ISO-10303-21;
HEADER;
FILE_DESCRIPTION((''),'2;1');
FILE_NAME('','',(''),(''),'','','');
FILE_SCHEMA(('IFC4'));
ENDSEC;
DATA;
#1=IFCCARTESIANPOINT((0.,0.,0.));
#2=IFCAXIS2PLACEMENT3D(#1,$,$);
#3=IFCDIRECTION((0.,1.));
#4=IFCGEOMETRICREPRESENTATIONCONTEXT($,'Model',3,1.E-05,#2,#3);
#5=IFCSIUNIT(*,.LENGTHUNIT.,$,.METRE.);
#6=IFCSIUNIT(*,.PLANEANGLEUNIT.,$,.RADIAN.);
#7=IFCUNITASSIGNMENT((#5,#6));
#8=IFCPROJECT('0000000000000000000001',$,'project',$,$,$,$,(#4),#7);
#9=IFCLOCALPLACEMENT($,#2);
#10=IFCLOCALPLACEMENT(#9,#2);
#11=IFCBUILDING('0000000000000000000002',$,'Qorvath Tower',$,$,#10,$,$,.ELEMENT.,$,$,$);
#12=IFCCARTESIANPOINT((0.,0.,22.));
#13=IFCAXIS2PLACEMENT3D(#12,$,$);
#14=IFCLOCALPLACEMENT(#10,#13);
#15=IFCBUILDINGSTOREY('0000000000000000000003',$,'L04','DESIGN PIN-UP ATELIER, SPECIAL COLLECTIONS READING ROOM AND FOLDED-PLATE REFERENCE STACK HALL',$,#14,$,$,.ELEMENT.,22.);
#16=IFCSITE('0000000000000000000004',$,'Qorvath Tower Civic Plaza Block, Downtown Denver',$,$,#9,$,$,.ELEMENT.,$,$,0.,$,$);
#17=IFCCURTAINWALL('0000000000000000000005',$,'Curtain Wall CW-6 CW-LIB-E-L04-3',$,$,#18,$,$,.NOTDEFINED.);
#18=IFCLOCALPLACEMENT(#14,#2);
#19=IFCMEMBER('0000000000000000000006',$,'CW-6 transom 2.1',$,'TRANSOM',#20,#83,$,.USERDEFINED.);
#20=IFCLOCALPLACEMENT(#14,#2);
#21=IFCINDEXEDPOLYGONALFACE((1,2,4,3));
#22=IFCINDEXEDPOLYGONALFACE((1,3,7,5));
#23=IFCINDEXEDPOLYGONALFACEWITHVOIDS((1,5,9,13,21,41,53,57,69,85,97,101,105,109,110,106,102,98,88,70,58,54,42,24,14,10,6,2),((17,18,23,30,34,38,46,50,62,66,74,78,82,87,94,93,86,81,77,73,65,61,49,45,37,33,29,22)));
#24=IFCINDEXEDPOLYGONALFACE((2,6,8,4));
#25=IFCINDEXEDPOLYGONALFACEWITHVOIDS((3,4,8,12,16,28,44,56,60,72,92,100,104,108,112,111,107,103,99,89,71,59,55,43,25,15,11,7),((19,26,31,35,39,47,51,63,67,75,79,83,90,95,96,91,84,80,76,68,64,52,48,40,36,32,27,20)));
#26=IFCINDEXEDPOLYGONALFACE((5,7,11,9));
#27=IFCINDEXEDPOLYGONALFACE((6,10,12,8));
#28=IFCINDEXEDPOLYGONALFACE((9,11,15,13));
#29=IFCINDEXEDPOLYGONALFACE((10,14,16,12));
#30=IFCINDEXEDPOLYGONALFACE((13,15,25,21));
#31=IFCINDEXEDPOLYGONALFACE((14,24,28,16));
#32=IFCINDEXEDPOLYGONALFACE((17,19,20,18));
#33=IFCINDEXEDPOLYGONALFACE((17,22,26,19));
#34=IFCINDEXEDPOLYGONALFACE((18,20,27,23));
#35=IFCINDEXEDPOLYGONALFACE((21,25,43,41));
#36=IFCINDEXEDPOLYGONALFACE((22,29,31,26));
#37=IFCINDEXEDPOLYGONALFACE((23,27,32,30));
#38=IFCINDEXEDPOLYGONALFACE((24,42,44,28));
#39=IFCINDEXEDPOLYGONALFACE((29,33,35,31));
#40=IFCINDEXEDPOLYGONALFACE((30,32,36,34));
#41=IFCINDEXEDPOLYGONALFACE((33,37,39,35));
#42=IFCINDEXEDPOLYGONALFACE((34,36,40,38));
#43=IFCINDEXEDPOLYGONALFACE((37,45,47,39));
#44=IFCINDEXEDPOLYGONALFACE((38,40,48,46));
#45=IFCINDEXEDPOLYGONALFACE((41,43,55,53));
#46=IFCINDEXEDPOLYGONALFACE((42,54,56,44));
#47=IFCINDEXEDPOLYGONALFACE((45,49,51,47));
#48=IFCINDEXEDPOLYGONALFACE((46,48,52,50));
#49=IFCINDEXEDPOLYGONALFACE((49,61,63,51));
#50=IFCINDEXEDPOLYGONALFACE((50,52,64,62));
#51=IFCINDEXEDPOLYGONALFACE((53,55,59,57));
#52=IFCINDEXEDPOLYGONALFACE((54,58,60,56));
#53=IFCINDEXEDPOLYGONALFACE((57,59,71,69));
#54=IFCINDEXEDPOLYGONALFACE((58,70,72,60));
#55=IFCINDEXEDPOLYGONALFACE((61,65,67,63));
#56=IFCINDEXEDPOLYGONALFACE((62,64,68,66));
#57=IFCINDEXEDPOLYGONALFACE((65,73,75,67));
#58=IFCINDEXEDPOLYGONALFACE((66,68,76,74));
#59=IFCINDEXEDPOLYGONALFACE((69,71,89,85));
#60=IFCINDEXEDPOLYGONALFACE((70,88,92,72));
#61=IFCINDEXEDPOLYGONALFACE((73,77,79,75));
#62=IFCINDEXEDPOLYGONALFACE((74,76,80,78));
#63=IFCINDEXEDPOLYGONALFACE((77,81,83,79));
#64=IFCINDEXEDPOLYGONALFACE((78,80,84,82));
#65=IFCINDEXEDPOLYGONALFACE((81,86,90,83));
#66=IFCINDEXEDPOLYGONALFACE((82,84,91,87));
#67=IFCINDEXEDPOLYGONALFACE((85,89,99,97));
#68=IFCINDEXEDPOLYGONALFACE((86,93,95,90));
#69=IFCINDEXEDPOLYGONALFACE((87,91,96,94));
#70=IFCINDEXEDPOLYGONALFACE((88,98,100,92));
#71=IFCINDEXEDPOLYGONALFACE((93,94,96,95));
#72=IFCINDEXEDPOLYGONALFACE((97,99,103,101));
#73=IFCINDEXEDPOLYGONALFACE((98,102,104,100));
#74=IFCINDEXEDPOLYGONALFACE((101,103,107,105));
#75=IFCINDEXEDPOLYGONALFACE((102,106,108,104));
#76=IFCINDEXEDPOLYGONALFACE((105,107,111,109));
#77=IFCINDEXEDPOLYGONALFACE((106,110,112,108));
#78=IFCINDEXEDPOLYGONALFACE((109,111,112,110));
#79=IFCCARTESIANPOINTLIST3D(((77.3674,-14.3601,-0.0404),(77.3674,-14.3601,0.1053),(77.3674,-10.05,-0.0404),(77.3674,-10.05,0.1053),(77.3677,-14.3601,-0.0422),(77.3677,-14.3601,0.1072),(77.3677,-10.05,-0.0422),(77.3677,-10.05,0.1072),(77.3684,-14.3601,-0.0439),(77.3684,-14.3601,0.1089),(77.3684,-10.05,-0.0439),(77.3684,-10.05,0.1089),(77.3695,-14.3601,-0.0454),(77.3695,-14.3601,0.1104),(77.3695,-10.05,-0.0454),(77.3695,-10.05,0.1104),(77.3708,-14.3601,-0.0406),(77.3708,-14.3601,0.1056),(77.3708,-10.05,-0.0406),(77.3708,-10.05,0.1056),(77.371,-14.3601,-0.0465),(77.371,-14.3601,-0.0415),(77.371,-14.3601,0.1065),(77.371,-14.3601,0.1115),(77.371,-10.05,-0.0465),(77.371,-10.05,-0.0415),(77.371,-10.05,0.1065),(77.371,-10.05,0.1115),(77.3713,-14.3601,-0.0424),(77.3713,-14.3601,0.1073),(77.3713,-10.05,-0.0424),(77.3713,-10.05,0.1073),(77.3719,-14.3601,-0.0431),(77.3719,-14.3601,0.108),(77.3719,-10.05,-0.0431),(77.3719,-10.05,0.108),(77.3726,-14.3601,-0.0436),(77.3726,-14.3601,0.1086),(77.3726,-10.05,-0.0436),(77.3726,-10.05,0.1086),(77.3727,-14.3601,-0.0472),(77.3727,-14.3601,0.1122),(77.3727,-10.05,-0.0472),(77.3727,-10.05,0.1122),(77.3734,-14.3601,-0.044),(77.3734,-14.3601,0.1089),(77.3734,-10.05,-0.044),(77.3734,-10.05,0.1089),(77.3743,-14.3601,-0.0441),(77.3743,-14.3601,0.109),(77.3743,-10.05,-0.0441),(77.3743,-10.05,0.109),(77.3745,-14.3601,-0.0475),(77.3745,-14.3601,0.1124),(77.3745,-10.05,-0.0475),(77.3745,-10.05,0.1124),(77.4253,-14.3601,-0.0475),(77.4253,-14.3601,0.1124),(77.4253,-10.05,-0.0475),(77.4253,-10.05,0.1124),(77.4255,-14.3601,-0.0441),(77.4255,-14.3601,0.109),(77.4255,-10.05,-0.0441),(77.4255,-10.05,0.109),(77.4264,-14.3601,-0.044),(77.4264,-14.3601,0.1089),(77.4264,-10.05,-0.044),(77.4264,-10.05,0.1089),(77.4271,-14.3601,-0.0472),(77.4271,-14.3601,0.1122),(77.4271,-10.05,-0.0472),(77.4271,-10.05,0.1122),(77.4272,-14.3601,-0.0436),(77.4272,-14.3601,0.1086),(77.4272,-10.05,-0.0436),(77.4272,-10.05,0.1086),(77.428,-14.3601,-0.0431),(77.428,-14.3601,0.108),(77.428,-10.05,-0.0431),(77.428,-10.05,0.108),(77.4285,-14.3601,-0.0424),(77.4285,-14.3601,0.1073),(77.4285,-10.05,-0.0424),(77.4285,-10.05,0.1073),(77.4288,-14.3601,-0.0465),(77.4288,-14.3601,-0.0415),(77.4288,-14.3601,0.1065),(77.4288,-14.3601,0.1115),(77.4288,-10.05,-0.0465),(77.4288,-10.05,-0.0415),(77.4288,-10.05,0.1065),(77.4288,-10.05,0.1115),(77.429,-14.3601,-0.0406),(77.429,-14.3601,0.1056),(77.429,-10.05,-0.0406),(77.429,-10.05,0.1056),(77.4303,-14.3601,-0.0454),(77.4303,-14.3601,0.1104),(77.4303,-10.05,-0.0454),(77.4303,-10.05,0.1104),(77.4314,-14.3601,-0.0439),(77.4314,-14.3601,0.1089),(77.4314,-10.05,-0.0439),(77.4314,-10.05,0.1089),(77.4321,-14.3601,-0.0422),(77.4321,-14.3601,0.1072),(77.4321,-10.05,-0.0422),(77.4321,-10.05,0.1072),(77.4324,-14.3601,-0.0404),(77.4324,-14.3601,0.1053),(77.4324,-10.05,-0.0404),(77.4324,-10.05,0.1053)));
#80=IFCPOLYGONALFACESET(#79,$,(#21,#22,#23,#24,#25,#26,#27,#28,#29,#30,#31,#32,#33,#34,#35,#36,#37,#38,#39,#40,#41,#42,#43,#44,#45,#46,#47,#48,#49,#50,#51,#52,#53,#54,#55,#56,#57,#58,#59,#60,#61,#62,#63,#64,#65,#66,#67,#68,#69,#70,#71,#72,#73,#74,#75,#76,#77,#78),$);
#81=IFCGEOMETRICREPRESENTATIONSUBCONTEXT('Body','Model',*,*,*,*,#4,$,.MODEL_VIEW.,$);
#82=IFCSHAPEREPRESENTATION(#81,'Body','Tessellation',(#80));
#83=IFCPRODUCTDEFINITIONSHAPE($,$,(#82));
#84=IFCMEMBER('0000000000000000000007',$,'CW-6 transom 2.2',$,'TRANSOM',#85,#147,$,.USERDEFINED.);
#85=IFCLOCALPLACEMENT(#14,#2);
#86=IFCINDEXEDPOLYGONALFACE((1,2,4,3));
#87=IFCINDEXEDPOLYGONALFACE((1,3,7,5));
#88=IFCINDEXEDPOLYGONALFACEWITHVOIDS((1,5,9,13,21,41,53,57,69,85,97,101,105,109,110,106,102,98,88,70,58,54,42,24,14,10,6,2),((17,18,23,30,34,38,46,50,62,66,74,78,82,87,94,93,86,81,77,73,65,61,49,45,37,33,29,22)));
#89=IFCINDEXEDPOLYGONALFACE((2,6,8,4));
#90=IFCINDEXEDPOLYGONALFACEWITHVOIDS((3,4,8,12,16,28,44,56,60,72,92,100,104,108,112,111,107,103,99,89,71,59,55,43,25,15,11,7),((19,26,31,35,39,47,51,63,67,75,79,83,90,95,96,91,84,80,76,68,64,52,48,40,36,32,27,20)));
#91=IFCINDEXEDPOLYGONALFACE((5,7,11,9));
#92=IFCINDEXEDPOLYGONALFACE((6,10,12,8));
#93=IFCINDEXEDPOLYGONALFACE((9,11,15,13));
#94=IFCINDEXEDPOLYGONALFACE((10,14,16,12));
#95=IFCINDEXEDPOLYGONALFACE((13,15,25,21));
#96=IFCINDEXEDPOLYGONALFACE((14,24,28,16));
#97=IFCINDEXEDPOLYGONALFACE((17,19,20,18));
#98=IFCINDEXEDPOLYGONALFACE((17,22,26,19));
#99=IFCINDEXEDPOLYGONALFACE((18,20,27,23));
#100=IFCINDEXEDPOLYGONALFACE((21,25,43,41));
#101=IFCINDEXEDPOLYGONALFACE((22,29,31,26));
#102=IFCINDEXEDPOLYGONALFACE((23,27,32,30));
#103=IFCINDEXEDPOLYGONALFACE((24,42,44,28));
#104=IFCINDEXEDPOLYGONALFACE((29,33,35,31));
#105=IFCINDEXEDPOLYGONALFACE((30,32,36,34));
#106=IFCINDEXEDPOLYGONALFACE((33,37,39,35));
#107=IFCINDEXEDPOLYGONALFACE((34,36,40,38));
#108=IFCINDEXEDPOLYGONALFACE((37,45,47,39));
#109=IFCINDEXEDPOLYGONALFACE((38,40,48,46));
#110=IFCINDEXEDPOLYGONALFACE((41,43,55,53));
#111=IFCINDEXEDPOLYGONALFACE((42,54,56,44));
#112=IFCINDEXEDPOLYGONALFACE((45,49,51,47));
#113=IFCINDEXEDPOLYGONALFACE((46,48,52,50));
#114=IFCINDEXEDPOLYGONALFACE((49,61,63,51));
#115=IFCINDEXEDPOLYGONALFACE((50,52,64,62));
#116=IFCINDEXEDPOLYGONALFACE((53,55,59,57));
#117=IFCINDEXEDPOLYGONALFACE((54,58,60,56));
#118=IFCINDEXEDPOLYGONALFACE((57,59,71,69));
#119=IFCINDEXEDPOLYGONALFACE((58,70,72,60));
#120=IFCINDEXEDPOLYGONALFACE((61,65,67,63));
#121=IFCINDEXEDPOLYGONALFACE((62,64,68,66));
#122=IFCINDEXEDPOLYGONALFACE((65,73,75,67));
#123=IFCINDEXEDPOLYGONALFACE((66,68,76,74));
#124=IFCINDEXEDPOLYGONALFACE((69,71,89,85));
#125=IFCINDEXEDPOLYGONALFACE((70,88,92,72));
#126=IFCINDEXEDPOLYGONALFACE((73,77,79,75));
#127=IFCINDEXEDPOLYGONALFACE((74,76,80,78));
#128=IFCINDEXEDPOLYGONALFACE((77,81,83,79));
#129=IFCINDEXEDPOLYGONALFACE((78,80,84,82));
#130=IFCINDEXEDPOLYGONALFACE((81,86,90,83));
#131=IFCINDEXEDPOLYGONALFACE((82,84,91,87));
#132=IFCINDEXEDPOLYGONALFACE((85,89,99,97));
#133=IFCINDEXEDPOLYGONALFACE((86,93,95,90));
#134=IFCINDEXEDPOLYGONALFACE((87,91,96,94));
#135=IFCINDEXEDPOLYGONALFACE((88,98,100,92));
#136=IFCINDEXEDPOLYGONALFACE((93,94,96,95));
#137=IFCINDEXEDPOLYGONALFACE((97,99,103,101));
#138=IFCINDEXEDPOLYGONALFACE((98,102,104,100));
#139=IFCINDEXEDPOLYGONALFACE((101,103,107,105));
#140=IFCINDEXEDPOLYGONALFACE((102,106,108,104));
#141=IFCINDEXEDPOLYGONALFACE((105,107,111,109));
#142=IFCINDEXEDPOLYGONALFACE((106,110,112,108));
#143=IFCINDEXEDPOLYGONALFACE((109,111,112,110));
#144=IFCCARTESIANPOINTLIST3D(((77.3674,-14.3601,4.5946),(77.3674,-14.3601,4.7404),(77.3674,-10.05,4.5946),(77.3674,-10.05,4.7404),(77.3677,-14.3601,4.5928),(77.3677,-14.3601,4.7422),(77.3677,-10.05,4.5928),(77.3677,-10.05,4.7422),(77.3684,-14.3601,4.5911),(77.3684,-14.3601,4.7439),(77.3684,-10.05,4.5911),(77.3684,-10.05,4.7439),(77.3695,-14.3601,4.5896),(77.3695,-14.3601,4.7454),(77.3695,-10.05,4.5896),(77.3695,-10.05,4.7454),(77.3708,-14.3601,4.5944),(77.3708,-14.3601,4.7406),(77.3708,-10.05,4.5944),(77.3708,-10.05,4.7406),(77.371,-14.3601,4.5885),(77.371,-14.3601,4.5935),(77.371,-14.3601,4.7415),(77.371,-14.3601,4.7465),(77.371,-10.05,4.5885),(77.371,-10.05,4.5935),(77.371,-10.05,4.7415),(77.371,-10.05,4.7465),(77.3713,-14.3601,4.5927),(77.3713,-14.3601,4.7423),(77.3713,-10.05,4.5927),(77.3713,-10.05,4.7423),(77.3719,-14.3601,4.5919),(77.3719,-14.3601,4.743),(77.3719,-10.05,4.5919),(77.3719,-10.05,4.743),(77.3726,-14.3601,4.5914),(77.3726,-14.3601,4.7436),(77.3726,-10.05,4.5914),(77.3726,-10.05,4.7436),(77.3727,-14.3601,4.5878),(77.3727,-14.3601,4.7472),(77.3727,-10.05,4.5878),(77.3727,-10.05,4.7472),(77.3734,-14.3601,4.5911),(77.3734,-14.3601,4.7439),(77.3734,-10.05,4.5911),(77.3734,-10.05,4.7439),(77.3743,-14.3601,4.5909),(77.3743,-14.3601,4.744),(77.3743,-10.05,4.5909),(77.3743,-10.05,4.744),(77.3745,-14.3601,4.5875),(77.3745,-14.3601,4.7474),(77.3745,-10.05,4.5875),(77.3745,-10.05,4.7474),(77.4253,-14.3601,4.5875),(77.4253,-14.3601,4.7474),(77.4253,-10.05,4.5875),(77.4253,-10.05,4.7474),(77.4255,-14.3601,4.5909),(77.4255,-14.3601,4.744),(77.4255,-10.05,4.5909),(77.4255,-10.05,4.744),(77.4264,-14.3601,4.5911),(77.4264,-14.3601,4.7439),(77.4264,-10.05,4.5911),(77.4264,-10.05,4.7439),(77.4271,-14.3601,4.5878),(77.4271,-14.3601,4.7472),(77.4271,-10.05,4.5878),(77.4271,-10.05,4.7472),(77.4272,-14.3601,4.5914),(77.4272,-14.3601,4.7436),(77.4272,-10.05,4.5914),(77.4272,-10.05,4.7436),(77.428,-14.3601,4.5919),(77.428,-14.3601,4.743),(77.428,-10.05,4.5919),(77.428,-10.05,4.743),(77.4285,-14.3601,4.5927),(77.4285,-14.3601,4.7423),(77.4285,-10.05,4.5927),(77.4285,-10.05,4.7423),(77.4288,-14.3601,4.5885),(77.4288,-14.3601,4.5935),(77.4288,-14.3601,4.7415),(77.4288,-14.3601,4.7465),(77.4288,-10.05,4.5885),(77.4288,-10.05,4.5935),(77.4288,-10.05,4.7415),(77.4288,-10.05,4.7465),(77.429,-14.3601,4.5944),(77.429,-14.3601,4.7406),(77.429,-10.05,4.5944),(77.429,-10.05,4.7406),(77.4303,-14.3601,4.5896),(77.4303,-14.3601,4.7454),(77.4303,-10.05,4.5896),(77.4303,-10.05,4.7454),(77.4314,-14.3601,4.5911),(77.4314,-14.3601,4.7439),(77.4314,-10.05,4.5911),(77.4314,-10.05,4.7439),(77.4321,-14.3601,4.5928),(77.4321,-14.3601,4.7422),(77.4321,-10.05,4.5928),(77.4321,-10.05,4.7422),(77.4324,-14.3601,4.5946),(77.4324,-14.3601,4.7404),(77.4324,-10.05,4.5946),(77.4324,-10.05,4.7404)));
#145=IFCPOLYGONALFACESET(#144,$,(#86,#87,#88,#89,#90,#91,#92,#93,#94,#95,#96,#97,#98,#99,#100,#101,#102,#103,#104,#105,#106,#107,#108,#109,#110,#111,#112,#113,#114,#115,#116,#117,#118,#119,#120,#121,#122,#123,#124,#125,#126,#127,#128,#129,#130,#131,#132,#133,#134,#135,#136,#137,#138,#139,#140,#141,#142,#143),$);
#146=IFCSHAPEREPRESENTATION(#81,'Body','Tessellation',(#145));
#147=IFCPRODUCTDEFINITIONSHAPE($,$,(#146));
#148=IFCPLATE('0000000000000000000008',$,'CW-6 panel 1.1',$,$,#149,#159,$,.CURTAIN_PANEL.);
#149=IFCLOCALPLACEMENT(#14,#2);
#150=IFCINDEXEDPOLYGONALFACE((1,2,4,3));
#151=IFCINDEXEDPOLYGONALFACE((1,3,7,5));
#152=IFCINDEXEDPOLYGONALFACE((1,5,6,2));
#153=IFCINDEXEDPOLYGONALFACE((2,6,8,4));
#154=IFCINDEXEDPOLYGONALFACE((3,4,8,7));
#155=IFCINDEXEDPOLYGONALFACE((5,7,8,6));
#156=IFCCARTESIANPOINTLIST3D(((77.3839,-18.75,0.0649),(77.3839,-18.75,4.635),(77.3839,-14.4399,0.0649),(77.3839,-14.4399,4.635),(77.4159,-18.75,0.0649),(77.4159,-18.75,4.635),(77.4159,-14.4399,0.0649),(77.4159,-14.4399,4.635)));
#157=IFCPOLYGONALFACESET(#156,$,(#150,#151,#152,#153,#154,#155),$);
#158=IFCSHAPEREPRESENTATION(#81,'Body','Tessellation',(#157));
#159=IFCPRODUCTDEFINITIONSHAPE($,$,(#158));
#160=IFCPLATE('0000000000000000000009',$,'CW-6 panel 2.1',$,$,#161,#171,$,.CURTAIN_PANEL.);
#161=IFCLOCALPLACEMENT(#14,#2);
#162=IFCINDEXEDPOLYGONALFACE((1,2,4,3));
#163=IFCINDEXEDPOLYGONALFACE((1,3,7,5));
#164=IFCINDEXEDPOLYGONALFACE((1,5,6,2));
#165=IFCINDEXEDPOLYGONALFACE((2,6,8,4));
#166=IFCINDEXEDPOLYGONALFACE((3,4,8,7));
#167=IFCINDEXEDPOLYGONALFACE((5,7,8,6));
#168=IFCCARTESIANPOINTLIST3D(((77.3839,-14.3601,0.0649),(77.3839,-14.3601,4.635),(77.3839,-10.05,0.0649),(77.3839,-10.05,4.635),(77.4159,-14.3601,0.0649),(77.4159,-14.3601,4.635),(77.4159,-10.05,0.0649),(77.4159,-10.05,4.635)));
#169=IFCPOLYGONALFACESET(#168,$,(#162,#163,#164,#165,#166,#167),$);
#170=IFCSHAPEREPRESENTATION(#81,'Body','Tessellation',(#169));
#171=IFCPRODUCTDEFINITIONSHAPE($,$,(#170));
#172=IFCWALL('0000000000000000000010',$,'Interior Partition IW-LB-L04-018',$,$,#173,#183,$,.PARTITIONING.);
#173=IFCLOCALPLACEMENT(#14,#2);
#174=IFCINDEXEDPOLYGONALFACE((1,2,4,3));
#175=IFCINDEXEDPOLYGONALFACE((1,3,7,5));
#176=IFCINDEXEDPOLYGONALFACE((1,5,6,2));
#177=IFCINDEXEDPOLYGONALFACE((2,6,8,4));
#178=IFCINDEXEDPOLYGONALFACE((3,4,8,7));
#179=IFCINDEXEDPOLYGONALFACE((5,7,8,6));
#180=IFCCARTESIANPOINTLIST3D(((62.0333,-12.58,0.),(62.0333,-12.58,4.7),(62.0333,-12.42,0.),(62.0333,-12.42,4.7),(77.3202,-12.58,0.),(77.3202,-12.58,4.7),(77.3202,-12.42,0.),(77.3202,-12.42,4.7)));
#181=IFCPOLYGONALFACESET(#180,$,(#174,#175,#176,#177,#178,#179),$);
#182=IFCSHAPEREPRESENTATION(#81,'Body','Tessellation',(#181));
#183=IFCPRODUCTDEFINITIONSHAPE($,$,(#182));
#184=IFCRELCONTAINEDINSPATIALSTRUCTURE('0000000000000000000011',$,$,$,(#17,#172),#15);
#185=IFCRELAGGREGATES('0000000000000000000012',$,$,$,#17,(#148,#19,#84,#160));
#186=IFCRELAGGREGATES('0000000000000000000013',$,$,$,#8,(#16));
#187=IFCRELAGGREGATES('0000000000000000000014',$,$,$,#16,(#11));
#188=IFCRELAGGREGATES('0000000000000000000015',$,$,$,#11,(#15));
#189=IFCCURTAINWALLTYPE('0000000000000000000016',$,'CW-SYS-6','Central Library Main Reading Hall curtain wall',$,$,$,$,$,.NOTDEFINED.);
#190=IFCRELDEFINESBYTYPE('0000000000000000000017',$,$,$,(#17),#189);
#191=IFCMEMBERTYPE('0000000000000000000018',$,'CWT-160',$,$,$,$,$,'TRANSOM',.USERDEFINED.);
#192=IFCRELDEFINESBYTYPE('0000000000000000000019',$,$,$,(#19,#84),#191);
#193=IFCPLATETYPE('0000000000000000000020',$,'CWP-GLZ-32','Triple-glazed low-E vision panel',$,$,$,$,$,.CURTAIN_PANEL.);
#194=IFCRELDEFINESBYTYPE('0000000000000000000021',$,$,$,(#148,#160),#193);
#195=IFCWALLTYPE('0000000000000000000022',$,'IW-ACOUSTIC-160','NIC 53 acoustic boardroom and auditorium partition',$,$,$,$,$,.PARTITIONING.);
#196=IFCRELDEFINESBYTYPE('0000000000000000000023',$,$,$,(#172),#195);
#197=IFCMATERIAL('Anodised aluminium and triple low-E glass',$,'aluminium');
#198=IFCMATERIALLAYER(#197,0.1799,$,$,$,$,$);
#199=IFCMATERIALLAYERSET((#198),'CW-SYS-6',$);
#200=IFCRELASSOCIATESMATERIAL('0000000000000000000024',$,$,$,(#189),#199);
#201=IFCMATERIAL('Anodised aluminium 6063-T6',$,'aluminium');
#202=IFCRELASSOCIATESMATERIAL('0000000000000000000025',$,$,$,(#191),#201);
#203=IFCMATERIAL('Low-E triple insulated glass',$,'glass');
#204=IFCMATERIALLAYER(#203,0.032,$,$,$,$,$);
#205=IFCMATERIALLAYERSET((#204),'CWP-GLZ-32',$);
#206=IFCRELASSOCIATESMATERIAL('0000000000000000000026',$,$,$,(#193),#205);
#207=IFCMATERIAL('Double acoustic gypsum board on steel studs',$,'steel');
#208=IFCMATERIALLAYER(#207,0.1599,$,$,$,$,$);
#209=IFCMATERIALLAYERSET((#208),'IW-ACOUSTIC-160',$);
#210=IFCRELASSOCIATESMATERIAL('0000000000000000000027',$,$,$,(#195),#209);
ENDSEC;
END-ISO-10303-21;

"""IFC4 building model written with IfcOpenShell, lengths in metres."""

from ifc_helpers import new_model, si_unit, direction, frame, frame_2d, origin, origin_2d, place, context, subcontext, project, spatial, rectangle, hollow_rectangle, extrude, material, layer, layer_set, material_profile, profile_set, type_object, element, aggregate, save


model = new_model("IFC4")

# Units and contexts
model_context = context("Model", 3, precision=1e-05, world=origin(), true_north=direction((0.0, 1.0)))
body_context = subcontext(model_context, "Body", "Model", "MODEL_VIEW")
ifc_project = project(units=[si_unit("LENGTHUNIT", "METRE"), si_unit("PLANEANGLEUNIT", "RADIAN")], contexts=[model_context])

# Site, building, storey
site_placement = place(None, origin())
site = spatial("IfcSite", under=ifc_project, at=site_placement, Name="Qorvath Tower Civic Plaza Block, Downtown Denver", CompositionType="ELEMENT", RefElevation=0.0)
building_placement = place(site_placement, origin())
building = spatial("IfcBuilding", under=site, at=building_placement, Name="Qorvath Tower", CompositionType="ELEMENT")
storey_placement = place(building_placement, frame((0.0, 0.0, 22.0)))
storey = spatial("IfcBuildingStorey", under=building, at=storey_placement, Name="L04", Description="DESIGN PIN-UP ATELIER, SPECIAL COLLECTIONS READING ROOM AND FOLDED-PLATE REFERENCE STACK HALL", CompositionType="ELEMENT", Elevation=22.0)

# Curtain wall, members, plates
ifc_material_1 = material(Name="Anodised aluminium and triple low-E glass", Category="aluminium")
ifc_layer_1 = layer(ifc_material_1, 0.1799)
ifc_layer_set_1 = layer_set([ifc_layer_1], Name="CW-SYS-6")
curtain_wall_type = type_object("IfcCurtainWallType", Name="CW-SYS-6", Description="Central Library Main Reading Hall curtain wall", PredefinedType="NOTDEFINED", material=ifc_layer_set_1)
curtain_wall_placement = place(storey_placement, origin())
curtain_wall = element("IfcCurtainWall", 1, at=curtain_wall_placement, inside=storey, type_object=curtain_wall_type, Name="Curtain Wall CW-6 CW-LIB-E-L04-3", PredefinedType="NOTDEFINED")
ifc_material_2 = material(Name="Anodised aluminium 6063-T6", Category="aluminium")
ifc_material_profile_1 = material_profile(ifc_material_2, hollow_rectangle(XDim=0.0649, YDim=0.1599, WallThickness=0.0034, InnerFilletRadius=0.0034, OuterFilletRadius=0.0071, at=origin_2d()), Name="CWT 160x65")
ifc_profile_set_1 = profile_set([ifc_material_profile_1], Name="Anodised aluminium 6063-T6")
member_type_1 = type_object("IfcMemberType", Name="CWT-160", ElementType="TRANSOM", PredefinedType="USERDEFINED", material=ifc_profile_set_1)
member_1_placement = place(storey_placement, frame((77.3999, -14.3601, 0.0325), z_axis=(0.0, 1.0, 0.0), x_axis=(-1.0, 0.0, 0.0)))
member_1 = element("IfcMember", 2, at=member_1_placement, type_object=member_type_1, Name="CW-6 transom 2.1", ObjectType="TRANSOM", PredefinedType="USERDEFINED", context=body_context, shape_type="SweptSolid", body=[
    extrude(hollow_rectangle(XDim=0.0649, YDim=0.1599, WallThickness=0.0034, InnerFilletRadius=0.0034, OuterFilletRadius=0.0071, at=origin_2d()), origin(), (0.0, 0.0, 1.0), 4.3101),
])
member_2_placement = place(storey_placement, frame((77.3999, -14.3601, 4.6675), z_axis=(0.0, 1.0, 0.0), x_axis=(-1.0, 0.0, 0.0)))
member_2 = element("IfcMember", 3, at=member_2_placement, type_object=member_type_1, Name="CW-6 transom 2.2", ObjectType="TRANSOM", PredefinedType="USERDEFINED", context=body_context, shape_type="SweptSolid", body=[
    extrude(hollow_rectangle(XDim=0.0649, YDim=0.1599, WallThickness=0.0034, InnerFilletRadius=0.0034, OuterFilletRadius=0.0071, at=origin_2d()), origin(), (0.0, 0.0, 1.0), 4.3101),
])
ifc_material_3 = material(Name="Low-E triple insulated glass", Category="glass")
ifc_layer_2 = layer(ifc_material_3, 0.032)
ifc_layer_set_2 = layer_set([ifc_layer_2], Name="CWP-GLZ-32")
plate_type = type_object("IfcPlateType", Name="CWP-GLZ-32", Description="Triple-glazed low-E vision panel", PredefinedType="CURTAIN_PANEL", material=ifc_layer_set_2)
plate_1_placement = place(storey_placement, frame((77.3999, -16.595, 0.0649), z_axis=(0.0, 0.0, 1.0), x_axis=(0.0, 1.0, 0.0)))
plate_1 = element("IfcPlate", 4, at=plate_1_placement, type_object=plate_type, Name="CW-6 panel 1.1", PredefinedType="CURTAIN_PANEL", context=body_context, shape_type="SweptSolid", body=[
    extrude(rectangle(XDim=4.3101, YDim=0.032, at=origin_2d()), origin(), (0.0, 0.0, 1.0), 4.5701),
])
plate_2_placement = place(storey_placement, frame((77.3999, -12.2051, 0.0649), z_axis=(0.0, 0.0, 1.0), x_axis=(0.0, 1.0, 0.0)))
plate_2 = element("IfcPlate", 5, at=plate_2_placement, type_object=plate_type, Name="CW-6 panel 2.1", PredefinedType="CURTAIN_PANEL", context=body_context, shape_type="SweptSolid", body=[
    extrude(rectangle(XDim=4.3101, YDim=0.032, at=origin_2d()), origin(), (0.0, 0.0, 1.0), 4.5701),
])
aggregate(curtain_wall, [plate_1, member_1, member_2, plate_2])

# Wall
ifc_material_4 = material(Name="Double acoustic gypsum board on steel studs", Category="steel")
ifc_layer_3 = layer(ifc_material_4, 0.1599)
ifc_layer_set_3 = layer_set([ifc_layer_3], Name="IW-ACOUSTIC-160")
wall_type_1 = type_object("IfcWallType", Name="IW-ACOUSTIC-160", Description="NIC 53 acoustic boardroom and auditorium partition", PredefinedType="PARTITIONING", material=ifc_layer_set_3)
wall_1_placement = place(storey_placement, frame((62.0332, -12.5, 0.0), z_axis=(0.0, 0.0, 1.0), x_axis=(1.0, 0.0, 0.0)))
element("IfcWall", 6, at=wall_1_placement, inside=storey, type_object=wall_type_1, Name="Interior Partition IW-LB-L04-018", PredefinedType="PARTITIONING", context=body_context, shape_type="SweptSolid", body=[
    extrude(rectangle(XDim=15.2869, YDim=0.1599, at=frame_2d((7.6436, 0.0))), origin(), (0.0, 0.0, 1.0), 4.7),
])

save(model, "model.ifc")
